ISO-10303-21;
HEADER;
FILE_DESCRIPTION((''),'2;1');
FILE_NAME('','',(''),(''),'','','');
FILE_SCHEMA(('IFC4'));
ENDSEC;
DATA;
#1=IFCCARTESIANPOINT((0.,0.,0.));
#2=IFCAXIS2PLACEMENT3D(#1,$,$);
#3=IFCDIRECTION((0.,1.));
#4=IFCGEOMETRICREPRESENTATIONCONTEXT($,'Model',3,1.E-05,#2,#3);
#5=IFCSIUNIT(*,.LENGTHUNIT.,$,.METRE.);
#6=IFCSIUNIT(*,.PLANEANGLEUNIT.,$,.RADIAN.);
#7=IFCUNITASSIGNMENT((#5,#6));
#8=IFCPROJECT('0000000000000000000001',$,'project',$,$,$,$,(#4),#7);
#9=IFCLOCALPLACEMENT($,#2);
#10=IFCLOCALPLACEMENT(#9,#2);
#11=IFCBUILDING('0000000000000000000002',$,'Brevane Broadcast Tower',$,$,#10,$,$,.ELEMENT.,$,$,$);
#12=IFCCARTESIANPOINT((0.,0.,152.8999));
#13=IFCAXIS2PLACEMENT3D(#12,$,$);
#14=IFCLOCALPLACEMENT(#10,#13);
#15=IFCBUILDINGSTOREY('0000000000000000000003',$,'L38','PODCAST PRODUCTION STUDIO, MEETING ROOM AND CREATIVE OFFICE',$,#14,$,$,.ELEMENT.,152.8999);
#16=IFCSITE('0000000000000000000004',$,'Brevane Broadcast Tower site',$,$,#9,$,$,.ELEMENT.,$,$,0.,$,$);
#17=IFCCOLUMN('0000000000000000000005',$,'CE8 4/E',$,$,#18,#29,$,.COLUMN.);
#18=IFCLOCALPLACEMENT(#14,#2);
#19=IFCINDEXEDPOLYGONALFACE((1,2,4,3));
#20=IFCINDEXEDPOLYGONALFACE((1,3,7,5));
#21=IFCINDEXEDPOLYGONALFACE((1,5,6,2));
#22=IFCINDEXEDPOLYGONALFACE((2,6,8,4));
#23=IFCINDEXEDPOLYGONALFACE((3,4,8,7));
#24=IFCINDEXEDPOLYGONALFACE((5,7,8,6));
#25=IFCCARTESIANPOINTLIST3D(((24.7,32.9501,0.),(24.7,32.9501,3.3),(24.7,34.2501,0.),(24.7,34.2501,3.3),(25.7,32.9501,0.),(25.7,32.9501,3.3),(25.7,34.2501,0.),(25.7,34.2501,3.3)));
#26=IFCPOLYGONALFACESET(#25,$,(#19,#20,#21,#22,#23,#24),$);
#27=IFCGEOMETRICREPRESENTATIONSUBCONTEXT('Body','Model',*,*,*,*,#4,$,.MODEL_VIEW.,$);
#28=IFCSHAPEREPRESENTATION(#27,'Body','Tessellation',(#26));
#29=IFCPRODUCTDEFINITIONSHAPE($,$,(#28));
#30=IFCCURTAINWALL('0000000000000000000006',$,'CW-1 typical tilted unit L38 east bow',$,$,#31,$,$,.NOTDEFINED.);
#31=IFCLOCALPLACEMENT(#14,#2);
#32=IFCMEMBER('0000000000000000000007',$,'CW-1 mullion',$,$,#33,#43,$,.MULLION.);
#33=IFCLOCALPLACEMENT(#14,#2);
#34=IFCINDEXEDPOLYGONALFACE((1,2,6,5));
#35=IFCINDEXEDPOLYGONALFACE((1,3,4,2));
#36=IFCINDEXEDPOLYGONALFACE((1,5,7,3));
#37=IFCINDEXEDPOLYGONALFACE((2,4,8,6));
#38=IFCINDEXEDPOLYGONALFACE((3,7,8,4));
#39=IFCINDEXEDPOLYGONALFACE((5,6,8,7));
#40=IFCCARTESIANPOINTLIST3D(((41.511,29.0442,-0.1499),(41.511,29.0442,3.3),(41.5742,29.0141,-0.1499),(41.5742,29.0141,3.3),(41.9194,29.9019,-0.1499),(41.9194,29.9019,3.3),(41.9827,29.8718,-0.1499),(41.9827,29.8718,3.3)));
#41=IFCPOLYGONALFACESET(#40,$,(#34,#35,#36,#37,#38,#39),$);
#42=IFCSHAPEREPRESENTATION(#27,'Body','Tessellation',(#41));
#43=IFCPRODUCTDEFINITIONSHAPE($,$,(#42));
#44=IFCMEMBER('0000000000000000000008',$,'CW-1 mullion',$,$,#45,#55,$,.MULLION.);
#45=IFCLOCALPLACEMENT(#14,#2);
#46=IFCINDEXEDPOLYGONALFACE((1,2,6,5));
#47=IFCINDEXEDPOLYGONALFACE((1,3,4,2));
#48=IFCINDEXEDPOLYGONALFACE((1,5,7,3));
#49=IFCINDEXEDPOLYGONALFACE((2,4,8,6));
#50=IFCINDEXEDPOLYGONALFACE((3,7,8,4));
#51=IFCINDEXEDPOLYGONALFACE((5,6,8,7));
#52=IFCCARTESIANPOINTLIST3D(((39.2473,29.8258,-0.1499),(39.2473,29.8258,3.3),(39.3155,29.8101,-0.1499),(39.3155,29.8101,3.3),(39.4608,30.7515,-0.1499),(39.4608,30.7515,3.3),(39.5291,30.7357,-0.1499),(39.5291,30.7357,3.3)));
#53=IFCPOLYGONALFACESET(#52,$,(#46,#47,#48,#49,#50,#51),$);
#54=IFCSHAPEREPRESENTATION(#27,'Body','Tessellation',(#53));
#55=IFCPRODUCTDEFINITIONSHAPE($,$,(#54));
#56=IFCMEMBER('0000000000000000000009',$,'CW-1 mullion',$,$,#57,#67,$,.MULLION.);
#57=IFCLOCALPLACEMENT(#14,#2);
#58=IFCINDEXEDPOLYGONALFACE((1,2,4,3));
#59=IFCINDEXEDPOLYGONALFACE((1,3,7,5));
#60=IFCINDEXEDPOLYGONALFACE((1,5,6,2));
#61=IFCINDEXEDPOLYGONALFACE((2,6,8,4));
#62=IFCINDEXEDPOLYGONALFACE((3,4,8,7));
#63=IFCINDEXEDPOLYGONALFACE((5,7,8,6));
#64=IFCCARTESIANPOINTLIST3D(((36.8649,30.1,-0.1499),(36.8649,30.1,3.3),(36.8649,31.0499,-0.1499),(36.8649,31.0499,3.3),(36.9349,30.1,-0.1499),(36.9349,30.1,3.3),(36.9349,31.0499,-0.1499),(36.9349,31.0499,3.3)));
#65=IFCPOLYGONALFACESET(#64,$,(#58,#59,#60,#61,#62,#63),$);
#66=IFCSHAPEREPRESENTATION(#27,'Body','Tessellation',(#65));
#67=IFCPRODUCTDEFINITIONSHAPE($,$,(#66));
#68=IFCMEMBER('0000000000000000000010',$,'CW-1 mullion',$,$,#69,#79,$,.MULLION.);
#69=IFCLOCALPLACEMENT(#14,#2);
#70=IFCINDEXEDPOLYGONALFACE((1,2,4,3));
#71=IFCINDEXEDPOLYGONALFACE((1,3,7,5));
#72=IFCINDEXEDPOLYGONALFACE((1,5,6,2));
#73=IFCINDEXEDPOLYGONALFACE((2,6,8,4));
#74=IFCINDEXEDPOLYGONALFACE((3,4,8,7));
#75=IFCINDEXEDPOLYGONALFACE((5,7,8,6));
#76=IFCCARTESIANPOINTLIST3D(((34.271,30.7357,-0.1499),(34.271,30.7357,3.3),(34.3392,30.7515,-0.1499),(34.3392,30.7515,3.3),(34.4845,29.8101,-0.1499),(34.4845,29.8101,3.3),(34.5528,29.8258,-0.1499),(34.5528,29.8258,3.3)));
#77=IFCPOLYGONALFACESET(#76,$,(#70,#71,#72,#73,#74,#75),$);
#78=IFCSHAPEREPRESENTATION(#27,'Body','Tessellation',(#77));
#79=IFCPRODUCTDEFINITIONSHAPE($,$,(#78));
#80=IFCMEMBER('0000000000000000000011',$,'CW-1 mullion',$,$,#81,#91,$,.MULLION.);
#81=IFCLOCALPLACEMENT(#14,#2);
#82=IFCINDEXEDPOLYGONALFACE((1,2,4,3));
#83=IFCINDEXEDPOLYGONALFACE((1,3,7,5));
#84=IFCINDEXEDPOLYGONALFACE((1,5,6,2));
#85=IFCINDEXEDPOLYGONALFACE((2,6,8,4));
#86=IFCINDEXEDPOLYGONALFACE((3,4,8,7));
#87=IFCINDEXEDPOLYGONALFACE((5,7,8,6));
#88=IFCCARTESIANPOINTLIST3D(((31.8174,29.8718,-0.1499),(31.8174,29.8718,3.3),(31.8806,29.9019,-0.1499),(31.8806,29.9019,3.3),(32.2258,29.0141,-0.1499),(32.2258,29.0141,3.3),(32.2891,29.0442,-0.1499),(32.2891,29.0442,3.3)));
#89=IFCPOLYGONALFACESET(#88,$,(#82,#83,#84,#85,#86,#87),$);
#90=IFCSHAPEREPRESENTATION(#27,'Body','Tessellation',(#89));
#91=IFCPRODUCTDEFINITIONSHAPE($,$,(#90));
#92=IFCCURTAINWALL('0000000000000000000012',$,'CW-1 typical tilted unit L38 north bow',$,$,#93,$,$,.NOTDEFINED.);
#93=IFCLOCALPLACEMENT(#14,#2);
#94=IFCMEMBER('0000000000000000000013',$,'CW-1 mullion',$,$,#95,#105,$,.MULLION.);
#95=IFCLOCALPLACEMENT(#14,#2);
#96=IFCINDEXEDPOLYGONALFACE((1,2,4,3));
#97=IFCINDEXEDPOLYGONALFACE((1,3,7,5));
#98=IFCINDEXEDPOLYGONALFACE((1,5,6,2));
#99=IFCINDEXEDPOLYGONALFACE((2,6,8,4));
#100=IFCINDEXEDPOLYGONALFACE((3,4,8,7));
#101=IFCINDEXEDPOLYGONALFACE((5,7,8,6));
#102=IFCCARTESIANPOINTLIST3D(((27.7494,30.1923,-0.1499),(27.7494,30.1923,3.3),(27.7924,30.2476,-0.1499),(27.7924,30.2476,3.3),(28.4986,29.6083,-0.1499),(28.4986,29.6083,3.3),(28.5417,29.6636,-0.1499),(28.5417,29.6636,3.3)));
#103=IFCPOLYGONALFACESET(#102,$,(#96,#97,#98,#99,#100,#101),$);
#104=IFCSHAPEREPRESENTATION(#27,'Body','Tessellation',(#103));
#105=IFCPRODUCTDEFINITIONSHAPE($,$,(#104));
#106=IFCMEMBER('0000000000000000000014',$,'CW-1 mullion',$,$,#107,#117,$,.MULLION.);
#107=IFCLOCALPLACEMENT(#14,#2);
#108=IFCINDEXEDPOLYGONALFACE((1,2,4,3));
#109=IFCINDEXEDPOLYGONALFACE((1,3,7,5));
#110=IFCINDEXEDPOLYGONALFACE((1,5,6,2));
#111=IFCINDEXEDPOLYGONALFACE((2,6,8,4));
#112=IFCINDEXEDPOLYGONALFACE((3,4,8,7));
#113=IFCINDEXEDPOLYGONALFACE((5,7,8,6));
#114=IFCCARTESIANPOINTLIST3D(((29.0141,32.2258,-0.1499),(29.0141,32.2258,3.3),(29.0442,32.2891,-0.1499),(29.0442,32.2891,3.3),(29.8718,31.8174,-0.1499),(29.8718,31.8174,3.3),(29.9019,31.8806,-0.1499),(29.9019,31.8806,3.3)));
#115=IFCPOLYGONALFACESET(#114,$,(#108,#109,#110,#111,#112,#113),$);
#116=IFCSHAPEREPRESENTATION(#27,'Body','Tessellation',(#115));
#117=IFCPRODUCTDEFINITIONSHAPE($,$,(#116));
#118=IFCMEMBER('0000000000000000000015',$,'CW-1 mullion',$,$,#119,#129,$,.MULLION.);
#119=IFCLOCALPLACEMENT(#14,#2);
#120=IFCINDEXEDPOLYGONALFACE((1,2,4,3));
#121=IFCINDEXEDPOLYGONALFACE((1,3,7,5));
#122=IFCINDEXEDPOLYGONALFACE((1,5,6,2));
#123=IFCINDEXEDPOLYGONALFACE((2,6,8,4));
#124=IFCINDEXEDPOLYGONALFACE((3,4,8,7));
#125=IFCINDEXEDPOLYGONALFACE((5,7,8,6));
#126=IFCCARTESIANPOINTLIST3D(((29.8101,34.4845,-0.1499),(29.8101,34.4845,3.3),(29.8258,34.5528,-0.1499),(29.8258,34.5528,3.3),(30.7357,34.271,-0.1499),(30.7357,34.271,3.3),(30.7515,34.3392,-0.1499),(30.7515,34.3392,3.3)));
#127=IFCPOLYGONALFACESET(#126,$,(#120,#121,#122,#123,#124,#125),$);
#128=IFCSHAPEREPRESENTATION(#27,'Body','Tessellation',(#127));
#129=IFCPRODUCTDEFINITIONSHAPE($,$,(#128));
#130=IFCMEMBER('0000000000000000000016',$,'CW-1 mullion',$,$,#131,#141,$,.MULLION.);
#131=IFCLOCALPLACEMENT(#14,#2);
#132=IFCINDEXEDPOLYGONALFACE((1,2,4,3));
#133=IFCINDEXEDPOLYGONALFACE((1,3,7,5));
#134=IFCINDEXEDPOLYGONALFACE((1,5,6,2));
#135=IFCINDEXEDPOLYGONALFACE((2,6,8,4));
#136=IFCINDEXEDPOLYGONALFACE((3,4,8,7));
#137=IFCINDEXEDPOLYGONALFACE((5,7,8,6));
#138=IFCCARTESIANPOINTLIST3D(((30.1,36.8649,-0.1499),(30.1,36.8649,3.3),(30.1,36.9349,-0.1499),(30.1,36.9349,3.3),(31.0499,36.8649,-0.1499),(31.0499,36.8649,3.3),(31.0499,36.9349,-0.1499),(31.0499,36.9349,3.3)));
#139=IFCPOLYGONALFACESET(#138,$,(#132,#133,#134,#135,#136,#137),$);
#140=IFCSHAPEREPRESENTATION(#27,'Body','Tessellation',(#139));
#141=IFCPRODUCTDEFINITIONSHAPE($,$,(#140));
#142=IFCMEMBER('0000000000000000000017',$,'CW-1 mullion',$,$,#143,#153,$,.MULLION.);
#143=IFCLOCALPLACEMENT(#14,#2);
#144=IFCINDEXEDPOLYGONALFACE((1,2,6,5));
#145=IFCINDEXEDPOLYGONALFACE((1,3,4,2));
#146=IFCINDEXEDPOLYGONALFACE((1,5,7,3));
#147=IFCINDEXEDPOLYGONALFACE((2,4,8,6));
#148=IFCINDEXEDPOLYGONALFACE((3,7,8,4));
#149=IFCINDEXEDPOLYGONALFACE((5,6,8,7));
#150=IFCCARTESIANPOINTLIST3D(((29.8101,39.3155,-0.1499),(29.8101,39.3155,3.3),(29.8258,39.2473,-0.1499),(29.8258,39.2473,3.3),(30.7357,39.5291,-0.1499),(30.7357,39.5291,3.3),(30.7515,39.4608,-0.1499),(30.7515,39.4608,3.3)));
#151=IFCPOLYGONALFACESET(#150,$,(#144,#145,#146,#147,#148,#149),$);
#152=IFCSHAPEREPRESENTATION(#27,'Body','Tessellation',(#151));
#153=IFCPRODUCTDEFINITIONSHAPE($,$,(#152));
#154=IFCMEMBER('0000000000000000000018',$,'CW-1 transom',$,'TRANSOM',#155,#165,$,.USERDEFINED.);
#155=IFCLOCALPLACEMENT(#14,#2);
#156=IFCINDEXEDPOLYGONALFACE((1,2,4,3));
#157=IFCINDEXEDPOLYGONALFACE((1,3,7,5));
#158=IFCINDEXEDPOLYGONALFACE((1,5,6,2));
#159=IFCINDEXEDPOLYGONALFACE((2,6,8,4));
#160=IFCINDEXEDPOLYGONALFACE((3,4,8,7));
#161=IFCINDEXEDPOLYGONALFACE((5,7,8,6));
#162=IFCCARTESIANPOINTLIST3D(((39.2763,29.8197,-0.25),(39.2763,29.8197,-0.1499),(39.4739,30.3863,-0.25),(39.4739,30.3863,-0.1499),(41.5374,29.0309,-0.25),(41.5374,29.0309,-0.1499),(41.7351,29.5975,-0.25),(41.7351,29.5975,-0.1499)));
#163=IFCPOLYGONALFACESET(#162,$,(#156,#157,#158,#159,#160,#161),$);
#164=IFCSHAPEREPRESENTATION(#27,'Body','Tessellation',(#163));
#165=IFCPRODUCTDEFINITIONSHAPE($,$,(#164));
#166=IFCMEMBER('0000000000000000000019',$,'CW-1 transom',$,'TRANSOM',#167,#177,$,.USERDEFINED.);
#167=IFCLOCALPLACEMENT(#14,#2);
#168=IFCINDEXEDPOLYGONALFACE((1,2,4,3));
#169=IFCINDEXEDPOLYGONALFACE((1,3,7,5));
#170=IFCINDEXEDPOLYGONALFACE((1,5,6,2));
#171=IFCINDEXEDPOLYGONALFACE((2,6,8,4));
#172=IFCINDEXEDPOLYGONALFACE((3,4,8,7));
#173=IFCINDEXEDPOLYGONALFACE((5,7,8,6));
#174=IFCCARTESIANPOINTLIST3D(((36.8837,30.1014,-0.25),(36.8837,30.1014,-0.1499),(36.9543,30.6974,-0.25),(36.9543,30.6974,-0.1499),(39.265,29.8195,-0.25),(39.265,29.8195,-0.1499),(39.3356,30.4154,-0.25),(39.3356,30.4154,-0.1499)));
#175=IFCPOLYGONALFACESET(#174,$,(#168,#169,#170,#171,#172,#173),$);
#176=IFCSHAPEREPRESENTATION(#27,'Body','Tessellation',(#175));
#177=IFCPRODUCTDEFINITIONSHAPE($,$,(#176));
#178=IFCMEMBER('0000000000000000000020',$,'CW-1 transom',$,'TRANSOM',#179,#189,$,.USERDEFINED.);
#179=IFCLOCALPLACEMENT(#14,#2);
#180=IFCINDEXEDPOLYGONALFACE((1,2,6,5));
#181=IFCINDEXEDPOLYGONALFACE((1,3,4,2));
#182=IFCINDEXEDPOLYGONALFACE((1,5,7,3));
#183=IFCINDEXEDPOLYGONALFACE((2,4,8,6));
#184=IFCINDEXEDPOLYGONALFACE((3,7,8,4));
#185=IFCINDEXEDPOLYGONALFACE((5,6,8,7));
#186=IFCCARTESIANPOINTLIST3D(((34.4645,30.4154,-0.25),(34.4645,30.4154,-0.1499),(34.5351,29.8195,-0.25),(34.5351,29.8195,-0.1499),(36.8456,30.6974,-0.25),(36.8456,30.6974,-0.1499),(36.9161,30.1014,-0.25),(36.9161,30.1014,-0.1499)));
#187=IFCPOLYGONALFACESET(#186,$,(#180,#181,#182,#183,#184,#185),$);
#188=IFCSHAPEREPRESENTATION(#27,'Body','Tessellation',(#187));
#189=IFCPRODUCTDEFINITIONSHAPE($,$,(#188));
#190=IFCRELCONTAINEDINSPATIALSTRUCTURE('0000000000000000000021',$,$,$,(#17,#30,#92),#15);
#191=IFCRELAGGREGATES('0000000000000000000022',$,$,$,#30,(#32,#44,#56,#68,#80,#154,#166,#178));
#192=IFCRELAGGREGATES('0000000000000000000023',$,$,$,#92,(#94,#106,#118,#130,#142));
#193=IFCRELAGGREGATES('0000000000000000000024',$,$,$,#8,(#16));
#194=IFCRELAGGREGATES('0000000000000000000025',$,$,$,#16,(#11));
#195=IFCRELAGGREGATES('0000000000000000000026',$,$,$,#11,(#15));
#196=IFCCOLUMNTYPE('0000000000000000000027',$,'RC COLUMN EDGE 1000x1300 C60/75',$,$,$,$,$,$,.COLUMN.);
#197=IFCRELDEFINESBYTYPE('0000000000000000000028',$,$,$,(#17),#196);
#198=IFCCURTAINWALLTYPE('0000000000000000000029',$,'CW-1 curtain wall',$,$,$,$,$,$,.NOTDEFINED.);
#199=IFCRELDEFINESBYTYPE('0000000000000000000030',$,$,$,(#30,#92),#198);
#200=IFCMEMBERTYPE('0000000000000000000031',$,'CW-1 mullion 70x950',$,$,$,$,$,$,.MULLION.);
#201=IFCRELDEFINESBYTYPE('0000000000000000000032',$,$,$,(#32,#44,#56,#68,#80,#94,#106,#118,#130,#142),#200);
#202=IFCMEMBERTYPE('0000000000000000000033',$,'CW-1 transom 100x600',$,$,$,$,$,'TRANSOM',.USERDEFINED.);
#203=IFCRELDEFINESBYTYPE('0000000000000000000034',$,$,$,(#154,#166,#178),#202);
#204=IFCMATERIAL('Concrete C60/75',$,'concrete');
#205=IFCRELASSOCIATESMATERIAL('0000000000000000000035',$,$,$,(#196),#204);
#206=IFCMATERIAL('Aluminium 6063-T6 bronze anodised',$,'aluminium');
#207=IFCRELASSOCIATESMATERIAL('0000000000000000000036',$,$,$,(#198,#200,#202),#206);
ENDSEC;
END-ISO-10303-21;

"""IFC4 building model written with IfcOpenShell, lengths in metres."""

from ifc_helpers import new_model, si_unit, direction, frame, origin, origin_2d, place, context, subcontext, project, spatial, rectangle, extrude, material, material_profile, profile_set, type_object, element, aggregate, save


model = new_model("IFC4")

# Units and contexts
model_context = context("Model", 3, precision=1e-05, world=origin(), true_north=direction((0.0, 1.0)))
body_context = subcontext(model_context, "Body", "Model", "MODEL_VIEW")
ifc_project = project(units=[si_unit("LENGTHUNIT", "METRE"), si_unit("PLANEANGLEUNIT", "RADIAN")], contexts=[model_context])

# Site, building, storey
site_placement = place(None, origin())
site = spatial("IfcSite", under=ifc_project, at=site_placement, Name="Brevane Broadcast Tower site", CompositionType="ELEMENT", RefElevation=0.0)
building_placement = place(site_placement, origin())
building = spatial("IfcBuilding", under=site, at=building_placement, Name="Brevane Broadcast Tower", CompositionType="ELEMENT")
storey_placement = place(building_placement, frame((0.0, 0.0, 152.8999)))
storey = spatial("IfcBuildingStorey", under=building, at=storey_placement, Name="L38", Description="PODCAST PRODUCTION STUDIO, MEETING ROOM AND CREATIVE OFFICE", CompositionType="ELEMENT", Elevation=152.8999)

# Column
ifc_material_1 = material(Name="Concrete C60/75", Category="concrete")
ifc_material_profile_1 = material_profile(ifc_material_1, rectangle(XDim=1.0, YDim=1.3, at=origin_2d()), Name="RC 1000x1300")
ifc_profile_set_1 = profile_set([ifc_material_profile_1], Name="Concrete C60/75")
column_type = type_object("IfcColumnType", Name="RC COLUMN EDGE 1000x1300 C60/75", PredefinedType="COLUMN", material=ifc_profile_set_1)
column_placement = place(storey_placement, frame((25.2, 33.6001, 0.0), z_axis=(0.0, 0.0, 1.0), x_axis=(1.0, 0.0, 0.0)))
element("IfcColumn", 1, at=column_placement, inside=storey, type_object=column_type, Name="CE8 4/E", PredefinedType="COLUMN", context=body_context, shape_type="SweptSolid", body=[
    extrude(rectangle(XDim=1.0, YDim=1.3, at=origin_2d()), origin(), (0.0, 0.0, 1.0), 3.3),
])

# Curtain walls, members
ifc_material_2 = material(Name="Aluminium 6063-T6 bronze anodised", Category="aluminium")
curtain_wall_type = type_object("IfcCurtainWallType", Name="CW-1 curtain wall", PredefinedType="NOTDEFINED", material=ifc_material_2)
curtain_wall_1_placement = place(storey_placement, origin())
curtain_wall_1 = element("IfcCurtainWall", 2, at=curtain_wall_1_placement, inside=storey, type_object=curtain_wall_type, Name="CW-1 typical tilted unit L38 east bow", PredefinedType="NOTDEFINED")
ifc_material_profile_2 = material_profile(ifc_material_2, rectangle(XDim=0.95, YDim=0.0701, at=origin_2d()), Name="RECT 70x950")
ifc_profile_set_2 = profile_set([ifc_material_profile_2], Name="Aluminium 6063-T6 bronze anodised")
member_type_1 = type_object("IfcMemberType", Name="CW-1 mullion 70x950", PredefinedType="MULLION", material=ifc_profile_set_2)
member_1_placement = place(storey_placement, frame((41.7468, 29.458, -0.1499), z_axis=(0.0, 0.0, 1.0), x_axis=(-0.429934, -0.902861, 0.0)))
member_1 = element("IfcMember", 3, at=member_1_placement, type_object=member_type_1, Name="CW-1 mullion", PredefinedType="MULLION", context=body_context, shape_type="SweptSolid", body=[
    extrude(rectangle(XDim=0.95, YDim=0.0701, at=origin_2d()), origin(), (0.0, 0.0, 1.0), 3.45),
])
member_2_placement = place(storey_placement, frame((39.3882, 30.2808, -0.1499), z_axis=(0.0, 0.0, 1.0), x_axis=(-0.224806, -0.974403, 0.0)))
member_2 = element("IfcMember", 4, at=member_2_placement, type_object=member_type_1, Name="CW-1 mullion", PredefinedType="MULLION", context=body_context, shape_type="SweptSolid", body=[
    extrude(rectangle(XDim=0.95, YDim=0.0701, at=origin_2d()), origin(), (0.0, 0.0, 1.0), 3.45),
])
member_3_placement = place(storey_placement, frame((36.8999, 30.575, -0.1499), z_axis=(0.0, 0.0, 1.0), x_axis=(0.0, -1.0, 0.0)))
member_3 = element("IfcMember", 5, at=member_3_placement, type_object=member_type_1, Name="CW-1 mullion", PredefinedType="MULLION", context=body_context, shape_type="SweptSolid", body=[
    extrude(rectangle(XDim=0.95, YDim=0.0701, at=origin_2d()), origin(), (0.0, 0.0, 1.0), 3.45),
])
member_4_placement = place(storey_placement, frame((34.4119, 30.2808, -0.1499), z_axis=(0.0, 0.0, 1.0), x_axis=(0.224806, -0.974403, 0.0)))
member_4 = element("IfcMember", 6, at=member_4_placement, type_object=member_type_1, Name="CW-1 mullion", PredefinedType="MULLION", context=body_context, shape_type="SweptSolid", body=[
    extrude(rectangle(XDim=0.95, YDim=0.0701, at=origin_2d()), origin(), (0.0, 0.0, 1.0), 3.45),
])
member_5_placement = place(storey_placement, frame((32.0532, 29.458, -0.1499), z_axis=(0.0, 0.0, 1.0), x_axis=(0.429934, -0.902861, 0.0)))
member_5 = element("IfcMember", 7, at=member_5_placement, type_object=member_type_1, Name="CW-1 mullion", PredefinedType="MULLION", context=body_context, shape_type="SweptSolid", body=[
    extrude(rectangle(XDim=0.95, YDim=0.0701, at=origin_2d()), origin(), (0.0, 0.0, 1.0), 3.45),
])
curtain_wall_2_placement = place(storey_placement, origin())
curtain_wall_2 = element("IfcCurtainWall", 8, at=curtain_wall_2_placement, inside=storey, type_object=curtain_wall_type, Name="CW-1 typical tilted unit L38 north bow", PredefinedType="NOTDEFINED")
member_6_placement = place(storey_placement, frame((28.1455, 29.928, -0.1499), z_axis=(0.0, 0.0, 1.0), x_axis=(-0.788707, 0.61477, 0.0)))
member_6 = element("IfcMember", 9, at=member_6_placement, type_object=member_type_1, Name="CW-1 mullion", PredefinedType="MULLION", context=body_context, shape_type="SweptSolid", body=[
    extrude(rectangle(XDim=0.95, YDim=0.0701, at=origin_2d()), origin(), (0.0, 0.0, 1.0), 3.45),
])
member_7_placement = place(storey_placement, frame((29.458, 32.0532, -0.1499), z_axis=(0.0, 0.0, 1.0), x_axis=(-0.902861, 0.429934, 0.0)))
member_7 = element("IfcMember", 10, at=member_7_placement, type_object=member_type_1, Name="CW-1 mullion", PredefinedType="MULLION", context=body_context, shape_type="SweptSolid", body=[
    extrude(rectangle(XDim=0.95, YDim=0.0701, at=origin_2d()), origin(), (0.0, 0.0, 1.0), 3.45),
])
member_8_placement = place(storey_placement, frame((30.2808, 34.4119, -0.1499), z_axis=(0.0, 0.0, 1.0), x_axis=(-0.974403, 0.224806, 0.0)))
member_8 = element("IfcMember", 11, at=member_8_placement, type_object=member_type_1, Name="CW-1 mullion", PredefinedType="MULLION", context=body_context, shape_type="SweptSolid", body=[
    extrude(rectangle(XDim=0.95, YDim=0.0701, at=origin_2d()), origin(), (0.0, 0.0, 1.0), 3.45),
])
member_9_placement = place(storey_placement, frame((30.575, 36.8999, -0.1499), z_axis=(0.0, 0.0, 1.0), x_axis=(-1.0, 0.0, 0.0)))
member_9 = element("IfcMember", 12, at=member_9_placement, type_object=member_type_1, Name="CW-1 mullion", PredefinedType="MULLION", context=body_context, shape_type="SweptSolid", body=[
    extrude(rectangle(XDim=0.95, YDim=0.0701, at=origin_2d()), origin(), (0.0, 0.0, 1.0), 3.45),
])
member_10_placement = place(storey_placement, frame((30.2808, 39.3882, -0.1499), z_axis=(0.0, 0.0, 1.0), x_axis=(-0.974403, -0.224806, 0.0)))
member_10 = element("IfcMember", 13, at=member_10_placement, type_object=member_type_1, Name="CW-1 mullion", PredefinedType="MULLION", context=body_context, shape_type="SweptSolid", body=[
    extrude(rectangle(XDim=0.95, YDim=0.0701, at=origin_2d()), origin(), (0.0, 0.0, 1.0), 3.45),
])

# Members
ifc_material_profile_3 = material_profile(ifc_material_2, rectangle(XDim=0.6001, YDim=0.1001, at=origin_2d()), Name="RECT 100x600")
ifc_profile_set_3 = profile_set([ifc_material_profile_3], Name="Aluminium 6063-T6 bronze anodised")
member_type_2 = type_object("IfcMemberType", Name="CW-1 transom 100x600", ElementType="TRANSOM", PredefinedType="USERDEFINED", material=ifc_profile_set_3)
member_11_placement = place(storey_placement, frame((41.6362, 29.3142, -0.2), z_axis=(-0.944198, 0.329378, 0.0), x_axis=(-0.329378, -0.944198, 0.0)))
member_11 = element("IfcMember", 14, at=member_11_placement, type_object=member_type_2, Name="CW-1 transom", ObjectType="TRANSOM", PredefinedType="USERDEFINED", context=body_context, shape_type="SweptSolid", body=[
    extrude(rectangle(XDim=0.6001, YDim=0.1001, at=origin_2d()), origin(), (0.0, 0.0, 1.0), 2.3948),
])
member_12_placement = place(storey_placement, frame((39.3003, 30.1174, -0.2), z_axis=(-0.993062, 0.117591, 0.0), x_axis=(-0.117591, -0.993062, 0.0)))
member_12 = element("IfcMember", 15, at=member_12_placement, type_object=member_type_2, Name="CW-1 transom", ObjectType="TRANSOM", PredefinedType="USERDEFINED", context=body_context, shape_type="SweptSolid", body=[
    extrude(rectangle(XDim=0.6001, YDim=0.1001, at=origin_2d()), origin(), (0.0, 0.0, 1.0), 2.3979),
])
member_13_placement = place(storey_placement, frame((36.8809, 30.3994, -0.2), z_axis=(-0.993061, -0.117603, 0.0), x_axis=(0.117603, -0.993061, 0.0)))
member_13 = element("IfcMember", 16, at=member_13_placement, type_object=member_type_2, Name="CW-1 transom", ObjectType="TRANSOM", PredefinedType="USERDEFINED", context=body_context, shape_type="SweptSolid", body=[
    extrude(rectangle(XDim=0.6001, YDim=0.1001, at=origin_2d()), origin(), (0.0, 0.0, 1.0), 2.3977),
])
aggregate(curtain_wall_1, [member_1, member_2, member_3, member_4, member_5, member_11, member_12, member_13])
aggregate(curtain_wall_2, [member_6, member_7, member_8, member_9, member_10])

save(model, "model.ifc")
